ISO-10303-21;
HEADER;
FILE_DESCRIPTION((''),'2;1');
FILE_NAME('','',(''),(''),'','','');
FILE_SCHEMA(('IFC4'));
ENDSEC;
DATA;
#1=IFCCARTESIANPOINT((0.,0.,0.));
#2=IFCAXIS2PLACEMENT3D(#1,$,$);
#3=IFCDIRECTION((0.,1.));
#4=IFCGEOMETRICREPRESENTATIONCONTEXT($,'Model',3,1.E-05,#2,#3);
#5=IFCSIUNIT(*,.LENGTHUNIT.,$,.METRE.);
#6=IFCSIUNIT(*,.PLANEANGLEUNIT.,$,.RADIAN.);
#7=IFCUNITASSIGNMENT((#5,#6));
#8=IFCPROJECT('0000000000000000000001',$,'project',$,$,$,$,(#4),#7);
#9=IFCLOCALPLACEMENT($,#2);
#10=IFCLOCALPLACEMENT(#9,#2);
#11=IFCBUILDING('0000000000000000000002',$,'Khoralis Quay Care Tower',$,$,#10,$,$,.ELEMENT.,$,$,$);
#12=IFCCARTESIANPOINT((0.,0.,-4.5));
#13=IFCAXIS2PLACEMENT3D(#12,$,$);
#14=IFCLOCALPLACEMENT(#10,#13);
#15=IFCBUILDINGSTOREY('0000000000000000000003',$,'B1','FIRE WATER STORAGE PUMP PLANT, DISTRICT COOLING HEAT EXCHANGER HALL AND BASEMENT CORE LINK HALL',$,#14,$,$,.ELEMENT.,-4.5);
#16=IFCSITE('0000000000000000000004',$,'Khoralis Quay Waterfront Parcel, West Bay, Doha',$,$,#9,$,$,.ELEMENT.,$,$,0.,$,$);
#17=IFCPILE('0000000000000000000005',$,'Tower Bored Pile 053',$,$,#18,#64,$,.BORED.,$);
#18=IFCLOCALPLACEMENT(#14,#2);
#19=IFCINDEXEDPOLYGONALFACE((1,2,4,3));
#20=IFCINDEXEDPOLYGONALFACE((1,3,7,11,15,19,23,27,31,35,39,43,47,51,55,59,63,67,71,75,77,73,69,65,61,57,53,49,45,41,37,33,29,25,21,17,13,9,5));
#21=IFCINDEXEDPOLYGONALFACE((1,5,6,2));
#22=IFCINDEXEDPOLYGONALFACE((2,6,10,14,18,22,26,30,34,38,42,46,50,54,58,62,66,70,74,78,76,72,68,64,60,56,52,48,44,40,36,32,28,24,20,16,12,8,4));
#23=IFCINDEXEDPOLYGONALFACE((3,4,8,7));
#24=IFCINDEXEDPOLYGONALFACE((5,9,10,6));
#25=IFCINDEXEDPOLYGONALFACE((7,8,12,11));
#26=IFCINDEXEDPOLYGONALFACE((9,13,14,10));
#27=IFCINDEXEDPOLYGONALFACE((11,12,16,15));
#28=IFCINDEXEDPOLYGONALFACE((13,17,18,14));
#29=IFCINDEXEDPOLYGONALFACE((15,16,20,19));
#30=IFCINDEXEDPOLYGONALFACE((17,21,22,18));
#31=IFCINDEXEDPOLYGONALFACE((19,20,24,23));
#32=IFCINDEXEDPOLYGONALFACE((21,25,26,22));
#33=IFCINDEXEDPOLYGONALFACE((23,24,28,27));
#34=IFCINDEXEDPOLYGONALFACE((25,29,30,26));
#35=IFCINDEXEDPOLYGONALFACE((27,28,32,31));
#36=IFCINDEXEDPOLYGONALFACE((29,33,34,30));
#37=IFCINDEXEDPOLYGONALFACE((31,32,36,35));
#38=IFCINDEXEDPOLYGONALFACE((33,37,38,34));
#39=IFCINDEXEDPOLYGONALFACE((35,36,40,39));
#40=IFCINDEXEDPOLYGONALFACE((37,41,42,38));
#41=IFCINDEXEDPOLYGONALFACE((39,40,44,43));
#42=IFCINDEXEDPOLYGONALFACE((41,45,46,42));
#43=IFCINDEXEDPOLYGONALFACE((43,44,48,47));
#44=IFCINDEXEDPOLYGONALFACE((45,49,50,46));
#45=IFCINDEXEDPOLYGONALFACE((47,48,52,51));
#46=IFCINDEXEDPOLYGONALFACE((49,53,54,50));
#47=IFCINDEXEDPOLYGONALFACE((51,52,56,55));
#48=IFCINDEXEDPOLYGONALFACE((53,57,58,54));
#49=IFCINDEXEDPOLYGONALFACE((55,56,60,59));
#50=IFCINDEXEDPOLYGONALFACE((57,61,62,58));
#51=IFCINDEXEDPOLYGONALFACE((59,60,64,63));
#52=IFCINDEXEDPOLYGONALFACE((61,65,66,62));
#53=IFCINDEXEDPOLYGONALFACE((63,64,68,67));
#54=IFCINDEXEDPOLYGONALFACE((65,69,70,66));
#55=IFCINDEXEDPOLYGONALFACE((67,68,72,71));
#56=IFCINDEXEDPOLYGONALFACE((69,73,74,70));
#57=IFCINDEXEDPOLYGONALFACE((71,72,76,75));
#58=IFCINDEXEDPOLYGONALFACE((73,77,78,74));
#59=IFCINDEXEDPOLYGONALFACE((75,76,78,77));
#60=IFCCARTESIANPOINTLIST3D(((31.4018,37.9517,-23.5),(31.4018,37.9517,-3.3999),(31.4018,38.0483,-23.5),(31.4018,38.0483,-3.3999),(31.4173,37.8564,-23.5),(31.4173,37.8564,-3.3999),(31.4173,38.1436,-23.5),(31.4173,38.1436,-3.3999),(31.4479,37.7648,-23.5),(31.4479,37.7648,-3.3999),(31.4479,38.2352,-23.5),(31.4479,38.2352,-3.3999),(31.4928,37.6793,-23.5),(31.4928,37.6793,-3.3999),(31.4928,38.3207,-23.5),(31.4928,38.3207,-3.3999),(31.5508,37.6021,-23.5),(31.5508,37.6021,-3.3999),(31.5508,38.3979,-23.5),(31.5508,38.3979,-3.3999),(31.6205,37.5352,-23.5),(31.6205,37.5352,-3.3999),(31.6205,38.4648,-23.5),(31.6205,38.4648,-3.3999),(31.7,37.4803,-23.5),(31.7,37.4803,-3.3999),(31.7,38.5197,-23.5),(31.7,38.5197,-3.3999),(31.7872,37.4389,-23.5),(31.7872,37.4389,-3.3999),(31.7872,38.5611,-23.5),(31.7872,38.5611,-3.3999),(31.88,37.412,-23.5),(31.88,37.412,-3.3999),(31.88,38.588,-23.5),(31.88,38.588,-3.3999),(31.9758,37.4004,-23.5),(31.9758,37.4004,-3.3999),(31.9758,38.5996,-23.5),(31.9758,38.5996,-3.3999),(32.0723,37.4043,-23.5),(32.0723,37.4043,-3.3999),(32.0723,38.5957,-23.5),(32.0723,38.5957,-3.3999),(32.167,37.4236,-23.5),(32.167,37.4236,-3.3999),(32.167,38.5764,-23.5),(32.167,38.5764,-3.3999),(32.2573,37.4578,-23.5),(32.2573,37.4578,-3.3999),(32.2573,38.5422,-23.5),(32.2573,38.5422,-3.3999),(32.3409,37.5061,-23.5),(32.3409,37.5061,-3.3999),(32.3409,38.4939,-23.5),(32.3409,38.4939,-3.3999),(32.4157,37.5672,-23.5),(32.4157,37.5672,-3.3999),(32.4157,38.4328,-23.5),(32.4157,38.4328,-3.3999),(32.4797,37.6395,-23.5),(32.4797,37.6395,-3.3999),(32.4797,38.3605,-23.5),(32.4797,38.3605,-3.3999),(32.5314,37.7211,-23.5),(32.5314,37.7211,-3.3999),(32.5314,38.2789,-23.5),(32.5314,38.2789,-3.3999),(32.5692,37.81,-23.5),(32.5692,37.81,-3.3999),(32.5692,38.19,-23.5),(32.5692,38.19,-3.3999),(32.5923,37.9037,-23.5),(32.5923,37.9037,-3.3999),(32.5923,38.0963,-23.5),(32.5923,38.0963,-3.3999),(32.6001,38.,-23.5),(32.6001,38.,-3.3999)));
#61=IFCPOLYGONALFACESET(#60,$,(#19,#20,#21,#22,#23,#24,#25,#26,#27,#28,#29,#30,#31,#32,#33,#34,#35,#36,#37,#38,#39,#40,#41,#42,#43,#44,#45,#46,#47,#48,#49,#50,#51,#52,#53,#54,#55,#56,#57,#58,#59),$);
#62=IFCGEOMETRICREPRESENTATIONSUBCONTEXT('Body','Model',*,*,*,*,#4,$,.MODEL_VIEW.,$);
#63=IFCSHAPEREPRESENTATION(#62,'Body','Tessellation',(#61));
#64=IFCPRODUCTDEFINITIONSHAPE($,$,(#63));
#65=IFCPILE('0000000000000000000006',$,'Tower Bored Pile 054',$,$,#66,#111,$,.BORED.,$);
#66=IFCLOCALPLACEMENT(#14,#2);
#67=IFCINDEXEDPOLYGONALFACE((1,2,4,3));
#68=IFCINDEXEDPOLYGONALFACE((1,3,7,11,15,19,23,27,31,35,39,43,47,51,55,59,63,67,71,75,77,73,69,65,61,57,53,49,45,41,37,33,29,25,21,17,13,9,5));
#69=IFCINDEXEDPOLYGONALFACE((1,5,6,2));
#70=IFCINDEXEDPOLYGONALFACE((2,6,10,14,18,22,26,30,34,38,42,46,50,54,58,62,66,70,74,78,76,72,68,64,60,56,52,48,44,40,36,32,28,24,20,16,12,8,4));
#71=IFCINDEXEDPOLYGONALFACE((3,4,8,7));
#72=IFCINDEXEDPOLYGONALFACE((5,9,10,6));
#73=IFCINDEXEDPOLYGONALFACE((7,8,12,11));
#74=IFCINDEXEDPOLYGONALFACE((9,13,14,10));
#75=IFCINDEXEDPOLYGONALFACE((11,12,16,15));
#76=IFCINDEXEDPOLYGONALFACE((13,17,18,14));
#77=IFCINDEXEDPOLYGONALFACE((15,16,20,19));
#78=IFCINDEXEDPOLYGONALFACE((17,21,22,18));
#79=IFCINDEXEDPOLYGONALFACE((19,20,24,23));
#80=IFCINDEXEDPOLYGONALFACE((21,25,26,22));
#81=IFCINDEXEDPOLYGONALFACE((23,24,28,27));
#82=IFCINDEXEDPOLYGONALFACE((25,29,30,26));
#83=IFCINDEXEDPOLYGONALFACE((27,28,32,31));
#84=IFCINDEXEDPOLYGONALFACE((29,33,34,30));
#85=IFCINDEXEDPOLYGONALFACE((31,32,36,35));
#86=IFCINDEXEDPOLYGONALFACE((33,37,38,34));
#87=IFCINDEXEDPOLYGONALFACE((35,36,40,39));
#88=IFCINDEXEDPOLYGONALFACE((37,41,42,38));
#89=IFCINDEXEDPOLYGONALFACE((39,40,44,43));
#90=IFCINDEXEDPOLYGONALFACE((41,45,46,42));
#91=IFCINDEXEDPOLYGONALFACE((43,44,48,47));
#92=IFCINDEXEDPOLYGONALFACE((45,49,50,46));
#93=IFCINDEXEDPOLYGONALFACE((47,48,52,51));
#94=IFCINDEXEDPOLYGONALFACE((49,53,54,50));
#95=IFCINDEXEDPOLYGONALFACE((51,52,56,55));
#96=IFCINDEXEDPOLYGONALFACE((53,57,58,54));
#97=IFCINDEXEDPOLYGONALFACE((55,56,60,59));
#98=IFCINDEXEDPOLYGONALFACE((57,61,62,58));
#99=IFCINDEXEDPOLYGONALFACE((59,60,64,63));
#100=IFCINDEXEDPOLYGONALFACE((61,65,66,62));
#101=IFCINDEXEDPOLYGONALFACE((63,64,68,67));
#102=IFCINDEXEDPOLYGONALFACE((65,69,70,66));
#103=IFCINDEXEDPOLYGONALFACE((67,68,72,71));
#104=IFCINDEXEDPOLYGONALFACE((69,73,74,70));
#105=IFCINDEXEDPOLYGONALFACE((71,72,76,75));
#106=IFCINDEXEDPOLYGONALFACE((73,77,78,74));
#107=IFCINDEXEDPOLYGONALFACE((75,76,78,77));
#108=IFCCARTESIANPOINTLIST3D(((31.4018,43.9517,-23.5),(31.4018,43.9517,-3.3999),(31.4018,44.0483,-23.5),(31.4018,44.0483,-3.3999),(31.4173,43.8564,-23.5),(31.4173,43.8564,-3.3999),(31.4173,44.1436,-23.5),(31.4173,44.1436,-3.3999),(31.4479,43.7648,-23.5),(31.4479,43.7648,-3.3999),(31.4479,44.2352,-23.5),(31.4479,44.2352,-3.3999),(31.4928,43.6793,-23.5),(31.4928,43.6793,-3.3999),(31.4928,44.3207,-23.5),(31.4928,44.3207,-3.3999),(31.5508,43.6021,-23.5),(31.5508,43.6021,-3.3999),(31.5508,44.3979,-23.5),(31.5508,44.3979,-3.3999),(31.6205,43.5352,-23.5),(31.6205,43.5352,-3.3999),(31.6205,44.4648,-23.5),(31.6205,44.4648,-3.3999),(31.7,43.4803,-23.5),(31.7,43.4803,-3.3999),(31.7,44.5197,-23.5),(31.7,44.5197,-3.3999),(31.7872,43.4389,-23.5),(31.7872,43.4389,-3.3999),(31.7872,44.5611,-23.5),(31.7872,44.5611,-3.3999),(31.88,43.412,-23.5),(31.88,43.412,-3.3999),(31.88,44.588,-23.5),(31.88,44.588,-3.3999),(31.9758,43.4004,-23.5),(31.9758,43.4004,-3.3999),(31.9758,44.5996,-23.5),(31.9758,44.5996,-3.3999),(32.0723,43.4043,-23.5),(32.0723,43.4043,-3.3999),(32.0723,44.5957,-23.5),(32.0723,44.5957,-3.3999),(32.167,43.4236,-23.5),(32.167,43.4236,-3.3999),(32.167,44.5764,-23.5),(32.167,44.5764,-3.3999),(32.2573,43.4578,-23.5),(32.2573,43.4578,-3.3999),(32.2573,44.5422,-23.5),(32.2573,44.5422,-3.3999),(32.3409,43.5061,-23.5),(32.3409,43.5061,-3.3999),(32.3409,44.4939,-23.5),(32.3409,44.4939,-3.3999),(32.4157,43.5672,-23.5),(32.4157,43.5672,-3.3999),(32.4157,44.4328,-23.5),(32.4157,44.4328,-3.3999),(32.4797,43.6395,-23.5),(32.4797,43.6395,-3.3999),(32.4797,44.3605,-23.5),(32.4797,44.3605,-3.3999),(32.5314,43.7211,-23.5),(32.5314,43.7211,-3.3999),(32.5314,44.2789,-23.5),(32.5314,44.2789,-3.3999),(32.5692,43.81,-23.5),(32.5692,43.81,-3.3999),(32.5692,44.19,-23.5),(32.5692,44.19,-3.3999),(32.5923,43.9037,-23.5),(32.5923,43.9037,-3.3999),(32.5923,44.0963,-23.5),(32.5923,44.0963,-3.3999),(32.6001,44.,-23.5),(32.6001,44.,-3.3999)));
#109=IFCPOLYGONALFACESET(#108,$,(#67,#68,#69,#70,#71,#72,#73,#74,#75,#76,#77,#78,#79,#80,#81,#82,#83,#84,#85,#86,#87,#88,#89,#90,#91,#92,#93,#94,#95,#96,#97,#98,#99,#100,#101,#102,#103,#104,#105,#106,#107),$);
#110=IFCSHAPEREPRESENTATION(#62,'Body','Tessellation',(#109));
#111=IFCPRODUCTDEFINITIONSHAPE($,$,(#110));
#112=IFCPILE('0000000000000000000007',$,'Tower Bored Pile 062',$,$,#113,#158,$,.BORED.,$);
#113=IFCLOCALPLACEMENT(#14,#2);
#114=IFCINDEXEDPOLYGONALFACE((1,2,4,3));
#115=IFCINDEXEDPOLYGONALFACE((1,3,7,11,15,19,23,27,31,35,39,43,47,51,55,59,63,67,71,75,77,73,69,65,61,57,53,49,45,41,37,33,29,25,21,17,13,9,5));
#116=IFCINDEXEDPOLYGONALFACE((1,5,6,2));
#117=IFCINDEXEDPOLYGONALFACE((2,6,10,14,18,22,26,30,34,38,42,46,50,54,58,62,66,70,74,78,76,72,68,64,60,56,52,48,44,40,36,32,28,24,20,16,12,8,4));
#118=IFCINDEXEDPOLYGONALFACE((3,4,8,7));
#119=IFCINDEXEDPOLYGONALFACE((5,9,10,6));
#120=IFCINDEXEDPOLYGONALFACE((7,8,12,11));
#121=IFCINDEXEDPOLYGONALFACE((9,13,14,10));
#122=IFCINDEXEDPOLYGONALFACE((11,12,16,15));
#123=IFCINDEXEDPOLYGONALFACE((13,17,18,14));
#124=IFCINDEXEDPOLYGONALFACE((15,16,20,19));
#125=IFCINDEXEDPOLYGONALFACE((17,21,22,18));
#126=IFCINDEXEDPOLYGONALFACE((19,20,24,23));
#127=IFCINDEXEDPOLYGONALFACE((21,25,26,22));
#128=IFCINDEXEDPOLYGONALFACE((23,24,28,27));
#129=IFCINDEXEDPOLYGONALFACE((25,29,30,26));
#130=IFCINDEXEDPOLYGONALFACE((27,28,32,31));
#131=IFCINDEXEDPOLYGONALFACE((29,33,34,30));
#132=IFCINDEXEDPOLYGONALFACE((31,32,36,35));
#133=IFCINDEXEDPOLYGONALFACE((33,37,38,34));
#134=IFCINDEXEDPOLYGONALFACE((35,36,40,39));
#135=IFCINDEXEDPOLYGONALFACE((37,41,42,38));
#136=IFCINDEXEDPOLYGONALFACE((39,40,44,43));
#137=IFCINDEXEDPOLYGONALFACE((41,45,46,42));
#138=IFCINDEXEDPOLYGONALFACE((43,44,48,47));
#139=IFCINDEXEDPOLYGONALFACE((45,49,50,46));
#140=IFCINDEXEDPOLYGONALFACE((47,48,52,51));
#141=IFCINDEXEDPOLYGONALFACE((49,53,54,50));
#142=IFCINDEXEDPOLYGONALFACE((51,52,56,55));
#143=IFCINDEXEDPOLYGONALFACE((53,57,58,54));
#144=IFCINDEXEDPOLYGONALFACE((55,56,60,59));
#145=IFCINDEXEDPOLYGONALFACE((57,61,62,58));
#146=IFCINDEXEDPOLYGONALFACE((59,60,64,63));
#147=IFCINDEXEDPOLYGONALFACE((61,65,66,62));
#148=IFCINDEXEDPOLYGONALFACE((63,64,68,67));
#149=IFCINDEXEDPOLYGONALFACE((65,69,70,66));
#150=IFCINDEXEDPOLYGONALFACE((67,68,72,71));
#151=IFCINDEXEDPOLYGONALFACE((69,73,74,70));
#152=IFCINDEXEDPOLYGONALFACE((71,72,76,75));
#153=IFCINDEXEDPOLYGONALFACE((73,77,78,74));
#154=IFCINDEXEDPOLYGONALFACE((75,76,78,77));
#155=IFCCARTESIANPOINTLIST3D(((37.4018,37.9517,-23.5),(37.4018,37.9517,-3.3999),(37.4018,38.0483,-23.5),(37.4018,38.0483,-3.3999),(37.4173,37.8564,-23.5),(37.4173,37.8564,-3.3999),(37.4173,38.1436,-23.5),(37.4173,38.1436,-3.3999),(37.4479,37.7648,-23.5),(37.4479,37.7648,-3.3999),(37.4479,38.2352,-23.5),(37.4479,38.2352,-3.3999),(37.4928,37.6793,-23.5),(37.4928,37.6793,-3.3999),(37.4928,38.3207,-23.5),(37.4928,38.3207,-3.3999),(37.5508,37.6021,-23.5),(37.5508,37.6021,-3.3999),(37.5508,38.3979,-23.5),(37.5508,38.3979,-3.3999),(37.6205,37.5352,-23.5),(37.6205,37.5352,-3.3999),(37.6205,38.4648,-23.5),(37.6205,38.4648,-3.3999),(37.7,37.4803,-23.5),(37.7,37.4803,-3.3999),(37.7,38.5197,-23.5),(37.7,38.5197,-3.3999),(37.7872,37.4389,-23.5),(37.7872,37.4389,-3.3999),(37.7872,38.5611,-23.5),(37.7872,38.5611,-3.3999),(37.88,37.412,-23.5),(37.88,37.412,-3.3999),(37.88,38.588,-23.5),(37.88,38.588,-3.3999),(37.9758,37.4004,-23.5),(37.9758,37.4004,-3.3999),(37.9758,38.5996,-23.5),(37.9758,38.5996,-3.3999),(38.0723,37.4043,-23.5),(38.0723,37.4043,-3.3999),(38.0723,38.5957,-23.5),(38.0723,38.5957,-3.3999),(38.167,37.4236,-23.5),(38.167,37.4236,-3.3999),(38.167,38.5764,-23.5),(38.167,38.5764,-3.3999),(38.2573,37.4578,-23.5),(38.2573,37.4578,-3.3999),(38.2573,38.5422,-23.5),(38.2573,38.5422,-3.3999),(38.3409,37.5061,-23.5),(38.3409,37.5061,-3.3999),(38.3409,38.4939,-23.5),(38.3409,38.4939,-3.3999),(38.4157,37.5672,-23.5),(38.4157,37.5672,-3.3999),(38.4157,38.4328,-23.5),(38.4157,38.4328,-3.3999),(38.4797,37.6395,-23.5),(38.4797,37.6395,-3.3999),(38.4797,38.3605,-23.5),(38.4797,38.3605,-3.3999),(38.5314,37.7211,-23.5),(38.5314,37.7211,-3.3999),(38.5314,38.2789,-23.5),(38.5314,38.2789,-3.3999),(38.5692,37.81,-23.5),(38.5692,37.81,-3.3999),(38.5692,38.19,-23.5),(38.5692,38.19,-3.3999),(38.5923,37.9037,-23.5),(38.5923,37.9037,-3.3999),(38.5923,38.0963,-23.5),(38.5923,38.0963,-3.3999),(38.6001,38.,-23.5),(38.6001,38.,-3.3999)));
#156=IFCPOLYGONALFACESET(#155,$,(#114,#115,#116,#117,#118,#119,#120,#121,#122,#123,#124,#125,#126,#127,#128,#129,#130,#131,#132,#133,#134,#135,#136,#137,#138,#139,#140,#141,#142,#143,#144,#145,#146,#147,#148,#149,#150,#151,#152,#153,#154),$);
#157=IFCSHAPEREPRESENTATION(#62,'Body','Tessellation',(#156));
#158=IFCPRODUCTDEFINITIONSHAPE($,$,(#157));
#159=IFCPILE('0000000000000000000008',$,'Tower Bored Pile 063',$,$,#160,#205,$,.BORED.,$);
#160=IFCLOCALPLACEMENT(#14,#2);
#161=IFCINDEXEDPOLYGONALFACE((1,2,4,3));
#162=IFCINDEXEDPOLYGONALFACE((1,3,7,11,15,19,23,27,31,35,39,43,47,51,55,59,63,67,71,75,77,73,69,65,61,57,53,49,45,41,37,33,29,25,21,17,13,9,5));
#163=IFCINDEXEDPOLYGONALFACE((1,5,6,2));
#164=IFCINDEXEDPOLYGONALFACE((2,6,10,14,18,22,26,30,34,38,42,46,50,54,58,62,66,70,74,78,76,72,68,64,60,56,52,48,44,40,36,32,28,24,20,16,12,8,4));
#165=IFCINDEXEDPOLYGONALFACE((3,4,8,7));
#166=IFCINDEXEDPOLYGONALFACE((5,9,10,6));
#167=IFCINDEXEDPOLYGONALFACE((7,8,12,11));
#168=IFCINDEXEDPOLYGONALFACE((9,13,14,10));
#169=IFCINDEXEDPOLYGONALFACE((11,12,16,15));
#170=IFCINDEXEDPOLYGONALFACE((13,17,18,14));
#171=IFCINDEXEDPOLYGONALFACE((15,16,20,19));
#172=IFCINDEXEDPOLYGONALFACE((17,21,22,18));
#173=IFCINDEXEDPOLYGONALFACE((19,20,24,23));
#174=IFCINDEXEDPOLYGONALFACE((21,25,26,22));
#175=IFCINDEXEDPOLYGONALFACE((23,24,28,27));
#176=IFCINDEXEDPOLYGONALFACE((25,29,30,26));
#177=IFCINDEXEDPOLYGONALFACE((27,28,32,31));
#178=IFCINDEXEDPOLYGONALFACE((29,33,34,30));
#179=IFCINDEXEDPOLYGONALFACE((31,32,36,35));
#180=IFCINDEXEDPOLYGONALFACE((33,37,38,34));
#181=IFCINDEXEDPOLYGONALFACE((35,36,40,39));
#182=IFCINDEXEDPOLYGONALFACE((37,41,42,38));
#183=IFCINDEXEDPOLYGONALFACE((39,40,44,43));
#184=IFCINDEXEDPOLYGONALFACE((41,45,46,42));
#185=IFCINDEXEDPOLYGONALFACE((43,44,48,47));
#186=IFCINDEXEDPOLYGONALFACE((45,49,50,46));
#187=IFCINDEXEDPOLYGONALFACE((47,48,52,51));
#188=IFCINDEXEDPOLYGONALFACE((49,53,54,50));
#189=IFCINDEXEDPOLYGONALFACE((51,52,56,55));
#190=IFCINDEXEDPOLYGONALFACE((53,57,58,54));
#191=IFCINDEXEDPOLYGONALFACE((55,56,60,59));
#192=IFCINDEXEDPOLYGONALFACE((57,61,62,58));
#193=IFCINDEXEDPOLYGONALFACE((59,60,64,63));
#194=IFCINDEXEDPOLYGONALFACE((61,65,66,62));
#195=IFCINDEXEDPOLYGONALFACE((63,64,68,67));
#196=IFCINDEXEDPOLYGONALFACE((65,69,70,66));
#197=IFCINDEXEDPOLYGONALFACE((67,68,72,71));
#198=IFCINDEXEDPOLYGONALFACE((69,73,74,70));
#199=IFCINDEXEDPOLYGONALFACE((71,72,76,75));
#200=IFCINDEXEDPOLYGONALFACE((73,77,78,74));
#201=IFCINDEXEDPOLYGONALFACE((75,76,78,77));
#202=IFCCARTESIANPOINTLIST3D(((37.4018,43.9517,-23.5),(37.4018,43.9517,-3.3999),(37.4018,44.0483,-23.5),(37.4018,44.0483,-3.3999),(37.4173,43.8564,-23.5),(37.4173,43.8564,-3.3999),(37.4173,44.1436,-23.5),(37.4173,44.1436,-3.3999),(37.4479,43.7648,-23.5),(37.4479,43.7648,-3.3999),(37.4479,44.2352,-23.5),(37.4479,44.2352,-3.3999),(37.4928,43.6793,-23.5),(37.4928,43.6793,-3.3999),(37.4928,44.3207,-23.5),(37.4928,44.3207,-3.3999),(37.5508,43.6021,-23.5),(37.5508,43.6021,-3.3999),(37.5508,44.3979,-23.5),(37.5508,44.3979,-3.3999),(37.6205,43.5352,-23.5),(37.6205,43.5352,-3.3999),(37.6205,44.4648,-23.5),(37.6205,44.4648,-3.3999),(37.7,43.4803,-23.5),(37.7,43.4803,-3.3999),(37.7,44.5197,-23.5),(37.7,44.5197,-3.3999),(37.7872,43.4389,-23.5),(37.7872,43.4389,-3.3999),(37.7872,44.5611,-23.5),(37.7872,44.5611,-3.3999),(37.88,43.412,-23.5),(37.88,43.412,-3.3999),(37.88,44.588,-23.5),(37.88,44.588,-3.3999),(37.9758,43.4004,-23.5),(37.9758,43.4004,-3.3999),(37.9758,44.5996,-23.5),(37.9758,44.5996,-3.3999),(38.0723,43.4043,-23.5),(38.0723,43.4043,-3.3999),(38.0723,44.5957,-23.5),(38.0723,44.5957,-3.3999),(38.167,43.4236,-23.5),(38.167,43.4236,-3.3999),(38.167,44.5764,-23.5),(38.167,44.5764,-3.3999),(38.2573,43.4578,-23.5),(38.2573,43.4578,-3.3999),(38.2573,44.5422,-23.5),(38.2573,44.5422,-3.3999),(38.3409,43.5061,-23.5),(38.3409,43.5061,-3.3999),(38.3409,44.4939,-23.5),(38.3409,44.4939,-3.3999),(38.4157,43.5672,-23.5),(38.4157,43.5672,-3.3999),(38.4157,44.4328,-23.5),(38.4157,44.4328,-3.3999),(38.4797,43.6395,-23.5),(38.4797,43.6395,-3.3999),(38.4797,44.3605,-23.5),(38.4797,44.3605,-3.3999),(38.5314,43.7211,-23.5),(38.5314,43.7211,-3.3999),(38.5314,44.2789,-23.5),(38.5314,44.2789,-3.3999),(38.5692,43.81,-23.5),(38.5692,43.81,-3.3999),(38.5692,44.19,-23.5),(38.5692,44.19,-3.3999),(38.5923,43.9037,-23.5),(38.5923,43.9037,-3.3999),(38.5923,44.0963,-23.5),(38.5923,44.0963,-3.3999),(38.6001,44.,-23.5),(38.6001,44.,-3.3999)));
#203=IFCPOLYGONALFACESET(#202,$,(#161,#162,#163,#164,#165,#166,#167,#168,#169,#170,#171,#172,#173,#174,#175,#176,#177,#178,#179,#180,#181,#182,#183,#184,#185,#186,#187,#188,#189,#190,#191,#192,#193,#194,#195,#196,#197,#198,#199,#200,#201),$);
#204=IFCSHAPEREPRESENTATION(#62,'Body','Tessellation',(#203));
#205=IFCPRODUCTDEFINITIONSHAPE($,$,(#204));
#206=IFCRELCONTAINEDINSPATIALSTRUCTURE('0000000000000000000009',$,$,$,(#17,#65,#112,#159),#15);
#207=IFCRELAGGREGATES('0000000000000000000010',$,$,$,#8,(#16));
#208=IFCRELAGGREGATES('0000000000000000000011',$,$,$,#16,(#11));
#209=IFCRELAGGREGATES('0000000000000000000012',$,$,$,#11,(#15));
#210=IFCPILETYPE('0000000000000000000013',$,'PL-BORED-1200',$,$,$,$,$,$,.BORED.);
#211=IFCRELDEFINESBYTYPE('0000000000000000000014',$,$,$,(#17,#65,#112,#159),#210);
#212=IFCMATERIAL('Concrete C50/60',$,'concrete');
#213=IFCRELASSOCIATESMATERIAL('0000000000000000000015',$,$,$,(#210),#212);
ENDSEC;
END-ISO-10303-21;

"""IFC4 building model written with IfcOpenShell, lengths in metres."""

from ifc_helpers import new_model, si_unit, direction, frame, origin, origin_2d, place, context, subcontext, project, spatial, circle, extrude, source, transform, mapped, material, material_profile, profile_set, type_object, element, save


model = new_model("IFC4")

# Units and contexts
model_context = context("Model", 3, precision=1e-05, world=origin(), true_north=direction((0.0, 1.0)))
body_context = subcontext(model_context, "Body", "Model", "MODEL_VIEW")
ifc_project = project(units=[si_unit("LENGTHUNIT", "METRE"), si_unit("PLANEANGLEUNIT", "RADIAN")], contexts=[model_context])

# Site, building, storey
site_placement = place(None, origin())
site = spatial("IfcSite", under=ifc_project, at=site_placement, Name="Khoralis Quay Waterfront Parcel, West Bay, Doha", CompositionType="ELEMENT", RefElevation=0.0)
building_placement = place(site_placement, origin())
building = spatial("IfcBuilding", under=site, at=building_placement, Name="Khoralis Quay Care Tower", CompositionType="ELEMENT")
storey_placement = place(building_placement, frame((0.0, 0.0, -4.5)))
storey = spatial("IfcBuildingStorey", under=building, at=storey_placement, Name="B1", Description="FIRE WATER STORAGE PUMP PLANT, DISTRICT COOLING HEAT EXCHANGER HALL AND BASEMENT CORE LINK HALL", CompositionType="ELEMENT", Elevation=-4.5)

# Piles
ifc_material_1 = material(Name="Concrete C50/60", Category="concrete")
ifc_material_profile_1 = material_profile(ifc_material_1, circle(Radius=0.6001, at=origin_2d()), Name="Concrete C50/60")
ifc_profile_set_1 = profile_set([ifc_material_profile_1], Name="Concrete C50/60")
pile_type_1 = type_object("IfcPileType", Name="PL-BORED-1200", PredefinedType="BORED", material=ifc_profile_set_1)
shared_shape_1 = source(origin(), body_context, "Body", "SweptSolid", [
    extrude(circle(Radius=0.6001, at=origin_2d()), origin(), (0.0, 0.0, 1.0), 20.1001),
])
for number, where, z_axis, x_axis, name in (
    (1, (32.0, 38.0, -3.3999), (0.0, 0.0, -1.0), (1.0, 0.0, 0.0), "Tower Bored Pile 053"),
    (2, (32.0, 44.0, -3.3999), (0.0, 0.0, -1.0), (1.0, 0.0, 0.0), "Tower Bored Pile 054"),
    (3, (38.0, 38.0, -3.3999), (0.0, 0.0, -1.0), (1.0, 0.0, 0.0), "Tower Bored Pile 062"),
    (4, (38.0, 44.0, -3.3999), (0.0, 0.0, -1.0), (1.0, 0.0, 0.0), "Tower Bored Pile 063"),
):
    element("IfcPile", number, at=place(storey_placement, frame(where, z_axis=z_axis, x_axis=x_axis)), inside=storey, type_object=pile_type_1, Name=name, PredefinedType="BORED", context=body_context, shape_type="MappedRepresentation", body=[
        mapped(shared_shape_1, transform((0.0, 0.0, 0.0), scale=1.0)),
    ])

save(model, "model.ifc")
